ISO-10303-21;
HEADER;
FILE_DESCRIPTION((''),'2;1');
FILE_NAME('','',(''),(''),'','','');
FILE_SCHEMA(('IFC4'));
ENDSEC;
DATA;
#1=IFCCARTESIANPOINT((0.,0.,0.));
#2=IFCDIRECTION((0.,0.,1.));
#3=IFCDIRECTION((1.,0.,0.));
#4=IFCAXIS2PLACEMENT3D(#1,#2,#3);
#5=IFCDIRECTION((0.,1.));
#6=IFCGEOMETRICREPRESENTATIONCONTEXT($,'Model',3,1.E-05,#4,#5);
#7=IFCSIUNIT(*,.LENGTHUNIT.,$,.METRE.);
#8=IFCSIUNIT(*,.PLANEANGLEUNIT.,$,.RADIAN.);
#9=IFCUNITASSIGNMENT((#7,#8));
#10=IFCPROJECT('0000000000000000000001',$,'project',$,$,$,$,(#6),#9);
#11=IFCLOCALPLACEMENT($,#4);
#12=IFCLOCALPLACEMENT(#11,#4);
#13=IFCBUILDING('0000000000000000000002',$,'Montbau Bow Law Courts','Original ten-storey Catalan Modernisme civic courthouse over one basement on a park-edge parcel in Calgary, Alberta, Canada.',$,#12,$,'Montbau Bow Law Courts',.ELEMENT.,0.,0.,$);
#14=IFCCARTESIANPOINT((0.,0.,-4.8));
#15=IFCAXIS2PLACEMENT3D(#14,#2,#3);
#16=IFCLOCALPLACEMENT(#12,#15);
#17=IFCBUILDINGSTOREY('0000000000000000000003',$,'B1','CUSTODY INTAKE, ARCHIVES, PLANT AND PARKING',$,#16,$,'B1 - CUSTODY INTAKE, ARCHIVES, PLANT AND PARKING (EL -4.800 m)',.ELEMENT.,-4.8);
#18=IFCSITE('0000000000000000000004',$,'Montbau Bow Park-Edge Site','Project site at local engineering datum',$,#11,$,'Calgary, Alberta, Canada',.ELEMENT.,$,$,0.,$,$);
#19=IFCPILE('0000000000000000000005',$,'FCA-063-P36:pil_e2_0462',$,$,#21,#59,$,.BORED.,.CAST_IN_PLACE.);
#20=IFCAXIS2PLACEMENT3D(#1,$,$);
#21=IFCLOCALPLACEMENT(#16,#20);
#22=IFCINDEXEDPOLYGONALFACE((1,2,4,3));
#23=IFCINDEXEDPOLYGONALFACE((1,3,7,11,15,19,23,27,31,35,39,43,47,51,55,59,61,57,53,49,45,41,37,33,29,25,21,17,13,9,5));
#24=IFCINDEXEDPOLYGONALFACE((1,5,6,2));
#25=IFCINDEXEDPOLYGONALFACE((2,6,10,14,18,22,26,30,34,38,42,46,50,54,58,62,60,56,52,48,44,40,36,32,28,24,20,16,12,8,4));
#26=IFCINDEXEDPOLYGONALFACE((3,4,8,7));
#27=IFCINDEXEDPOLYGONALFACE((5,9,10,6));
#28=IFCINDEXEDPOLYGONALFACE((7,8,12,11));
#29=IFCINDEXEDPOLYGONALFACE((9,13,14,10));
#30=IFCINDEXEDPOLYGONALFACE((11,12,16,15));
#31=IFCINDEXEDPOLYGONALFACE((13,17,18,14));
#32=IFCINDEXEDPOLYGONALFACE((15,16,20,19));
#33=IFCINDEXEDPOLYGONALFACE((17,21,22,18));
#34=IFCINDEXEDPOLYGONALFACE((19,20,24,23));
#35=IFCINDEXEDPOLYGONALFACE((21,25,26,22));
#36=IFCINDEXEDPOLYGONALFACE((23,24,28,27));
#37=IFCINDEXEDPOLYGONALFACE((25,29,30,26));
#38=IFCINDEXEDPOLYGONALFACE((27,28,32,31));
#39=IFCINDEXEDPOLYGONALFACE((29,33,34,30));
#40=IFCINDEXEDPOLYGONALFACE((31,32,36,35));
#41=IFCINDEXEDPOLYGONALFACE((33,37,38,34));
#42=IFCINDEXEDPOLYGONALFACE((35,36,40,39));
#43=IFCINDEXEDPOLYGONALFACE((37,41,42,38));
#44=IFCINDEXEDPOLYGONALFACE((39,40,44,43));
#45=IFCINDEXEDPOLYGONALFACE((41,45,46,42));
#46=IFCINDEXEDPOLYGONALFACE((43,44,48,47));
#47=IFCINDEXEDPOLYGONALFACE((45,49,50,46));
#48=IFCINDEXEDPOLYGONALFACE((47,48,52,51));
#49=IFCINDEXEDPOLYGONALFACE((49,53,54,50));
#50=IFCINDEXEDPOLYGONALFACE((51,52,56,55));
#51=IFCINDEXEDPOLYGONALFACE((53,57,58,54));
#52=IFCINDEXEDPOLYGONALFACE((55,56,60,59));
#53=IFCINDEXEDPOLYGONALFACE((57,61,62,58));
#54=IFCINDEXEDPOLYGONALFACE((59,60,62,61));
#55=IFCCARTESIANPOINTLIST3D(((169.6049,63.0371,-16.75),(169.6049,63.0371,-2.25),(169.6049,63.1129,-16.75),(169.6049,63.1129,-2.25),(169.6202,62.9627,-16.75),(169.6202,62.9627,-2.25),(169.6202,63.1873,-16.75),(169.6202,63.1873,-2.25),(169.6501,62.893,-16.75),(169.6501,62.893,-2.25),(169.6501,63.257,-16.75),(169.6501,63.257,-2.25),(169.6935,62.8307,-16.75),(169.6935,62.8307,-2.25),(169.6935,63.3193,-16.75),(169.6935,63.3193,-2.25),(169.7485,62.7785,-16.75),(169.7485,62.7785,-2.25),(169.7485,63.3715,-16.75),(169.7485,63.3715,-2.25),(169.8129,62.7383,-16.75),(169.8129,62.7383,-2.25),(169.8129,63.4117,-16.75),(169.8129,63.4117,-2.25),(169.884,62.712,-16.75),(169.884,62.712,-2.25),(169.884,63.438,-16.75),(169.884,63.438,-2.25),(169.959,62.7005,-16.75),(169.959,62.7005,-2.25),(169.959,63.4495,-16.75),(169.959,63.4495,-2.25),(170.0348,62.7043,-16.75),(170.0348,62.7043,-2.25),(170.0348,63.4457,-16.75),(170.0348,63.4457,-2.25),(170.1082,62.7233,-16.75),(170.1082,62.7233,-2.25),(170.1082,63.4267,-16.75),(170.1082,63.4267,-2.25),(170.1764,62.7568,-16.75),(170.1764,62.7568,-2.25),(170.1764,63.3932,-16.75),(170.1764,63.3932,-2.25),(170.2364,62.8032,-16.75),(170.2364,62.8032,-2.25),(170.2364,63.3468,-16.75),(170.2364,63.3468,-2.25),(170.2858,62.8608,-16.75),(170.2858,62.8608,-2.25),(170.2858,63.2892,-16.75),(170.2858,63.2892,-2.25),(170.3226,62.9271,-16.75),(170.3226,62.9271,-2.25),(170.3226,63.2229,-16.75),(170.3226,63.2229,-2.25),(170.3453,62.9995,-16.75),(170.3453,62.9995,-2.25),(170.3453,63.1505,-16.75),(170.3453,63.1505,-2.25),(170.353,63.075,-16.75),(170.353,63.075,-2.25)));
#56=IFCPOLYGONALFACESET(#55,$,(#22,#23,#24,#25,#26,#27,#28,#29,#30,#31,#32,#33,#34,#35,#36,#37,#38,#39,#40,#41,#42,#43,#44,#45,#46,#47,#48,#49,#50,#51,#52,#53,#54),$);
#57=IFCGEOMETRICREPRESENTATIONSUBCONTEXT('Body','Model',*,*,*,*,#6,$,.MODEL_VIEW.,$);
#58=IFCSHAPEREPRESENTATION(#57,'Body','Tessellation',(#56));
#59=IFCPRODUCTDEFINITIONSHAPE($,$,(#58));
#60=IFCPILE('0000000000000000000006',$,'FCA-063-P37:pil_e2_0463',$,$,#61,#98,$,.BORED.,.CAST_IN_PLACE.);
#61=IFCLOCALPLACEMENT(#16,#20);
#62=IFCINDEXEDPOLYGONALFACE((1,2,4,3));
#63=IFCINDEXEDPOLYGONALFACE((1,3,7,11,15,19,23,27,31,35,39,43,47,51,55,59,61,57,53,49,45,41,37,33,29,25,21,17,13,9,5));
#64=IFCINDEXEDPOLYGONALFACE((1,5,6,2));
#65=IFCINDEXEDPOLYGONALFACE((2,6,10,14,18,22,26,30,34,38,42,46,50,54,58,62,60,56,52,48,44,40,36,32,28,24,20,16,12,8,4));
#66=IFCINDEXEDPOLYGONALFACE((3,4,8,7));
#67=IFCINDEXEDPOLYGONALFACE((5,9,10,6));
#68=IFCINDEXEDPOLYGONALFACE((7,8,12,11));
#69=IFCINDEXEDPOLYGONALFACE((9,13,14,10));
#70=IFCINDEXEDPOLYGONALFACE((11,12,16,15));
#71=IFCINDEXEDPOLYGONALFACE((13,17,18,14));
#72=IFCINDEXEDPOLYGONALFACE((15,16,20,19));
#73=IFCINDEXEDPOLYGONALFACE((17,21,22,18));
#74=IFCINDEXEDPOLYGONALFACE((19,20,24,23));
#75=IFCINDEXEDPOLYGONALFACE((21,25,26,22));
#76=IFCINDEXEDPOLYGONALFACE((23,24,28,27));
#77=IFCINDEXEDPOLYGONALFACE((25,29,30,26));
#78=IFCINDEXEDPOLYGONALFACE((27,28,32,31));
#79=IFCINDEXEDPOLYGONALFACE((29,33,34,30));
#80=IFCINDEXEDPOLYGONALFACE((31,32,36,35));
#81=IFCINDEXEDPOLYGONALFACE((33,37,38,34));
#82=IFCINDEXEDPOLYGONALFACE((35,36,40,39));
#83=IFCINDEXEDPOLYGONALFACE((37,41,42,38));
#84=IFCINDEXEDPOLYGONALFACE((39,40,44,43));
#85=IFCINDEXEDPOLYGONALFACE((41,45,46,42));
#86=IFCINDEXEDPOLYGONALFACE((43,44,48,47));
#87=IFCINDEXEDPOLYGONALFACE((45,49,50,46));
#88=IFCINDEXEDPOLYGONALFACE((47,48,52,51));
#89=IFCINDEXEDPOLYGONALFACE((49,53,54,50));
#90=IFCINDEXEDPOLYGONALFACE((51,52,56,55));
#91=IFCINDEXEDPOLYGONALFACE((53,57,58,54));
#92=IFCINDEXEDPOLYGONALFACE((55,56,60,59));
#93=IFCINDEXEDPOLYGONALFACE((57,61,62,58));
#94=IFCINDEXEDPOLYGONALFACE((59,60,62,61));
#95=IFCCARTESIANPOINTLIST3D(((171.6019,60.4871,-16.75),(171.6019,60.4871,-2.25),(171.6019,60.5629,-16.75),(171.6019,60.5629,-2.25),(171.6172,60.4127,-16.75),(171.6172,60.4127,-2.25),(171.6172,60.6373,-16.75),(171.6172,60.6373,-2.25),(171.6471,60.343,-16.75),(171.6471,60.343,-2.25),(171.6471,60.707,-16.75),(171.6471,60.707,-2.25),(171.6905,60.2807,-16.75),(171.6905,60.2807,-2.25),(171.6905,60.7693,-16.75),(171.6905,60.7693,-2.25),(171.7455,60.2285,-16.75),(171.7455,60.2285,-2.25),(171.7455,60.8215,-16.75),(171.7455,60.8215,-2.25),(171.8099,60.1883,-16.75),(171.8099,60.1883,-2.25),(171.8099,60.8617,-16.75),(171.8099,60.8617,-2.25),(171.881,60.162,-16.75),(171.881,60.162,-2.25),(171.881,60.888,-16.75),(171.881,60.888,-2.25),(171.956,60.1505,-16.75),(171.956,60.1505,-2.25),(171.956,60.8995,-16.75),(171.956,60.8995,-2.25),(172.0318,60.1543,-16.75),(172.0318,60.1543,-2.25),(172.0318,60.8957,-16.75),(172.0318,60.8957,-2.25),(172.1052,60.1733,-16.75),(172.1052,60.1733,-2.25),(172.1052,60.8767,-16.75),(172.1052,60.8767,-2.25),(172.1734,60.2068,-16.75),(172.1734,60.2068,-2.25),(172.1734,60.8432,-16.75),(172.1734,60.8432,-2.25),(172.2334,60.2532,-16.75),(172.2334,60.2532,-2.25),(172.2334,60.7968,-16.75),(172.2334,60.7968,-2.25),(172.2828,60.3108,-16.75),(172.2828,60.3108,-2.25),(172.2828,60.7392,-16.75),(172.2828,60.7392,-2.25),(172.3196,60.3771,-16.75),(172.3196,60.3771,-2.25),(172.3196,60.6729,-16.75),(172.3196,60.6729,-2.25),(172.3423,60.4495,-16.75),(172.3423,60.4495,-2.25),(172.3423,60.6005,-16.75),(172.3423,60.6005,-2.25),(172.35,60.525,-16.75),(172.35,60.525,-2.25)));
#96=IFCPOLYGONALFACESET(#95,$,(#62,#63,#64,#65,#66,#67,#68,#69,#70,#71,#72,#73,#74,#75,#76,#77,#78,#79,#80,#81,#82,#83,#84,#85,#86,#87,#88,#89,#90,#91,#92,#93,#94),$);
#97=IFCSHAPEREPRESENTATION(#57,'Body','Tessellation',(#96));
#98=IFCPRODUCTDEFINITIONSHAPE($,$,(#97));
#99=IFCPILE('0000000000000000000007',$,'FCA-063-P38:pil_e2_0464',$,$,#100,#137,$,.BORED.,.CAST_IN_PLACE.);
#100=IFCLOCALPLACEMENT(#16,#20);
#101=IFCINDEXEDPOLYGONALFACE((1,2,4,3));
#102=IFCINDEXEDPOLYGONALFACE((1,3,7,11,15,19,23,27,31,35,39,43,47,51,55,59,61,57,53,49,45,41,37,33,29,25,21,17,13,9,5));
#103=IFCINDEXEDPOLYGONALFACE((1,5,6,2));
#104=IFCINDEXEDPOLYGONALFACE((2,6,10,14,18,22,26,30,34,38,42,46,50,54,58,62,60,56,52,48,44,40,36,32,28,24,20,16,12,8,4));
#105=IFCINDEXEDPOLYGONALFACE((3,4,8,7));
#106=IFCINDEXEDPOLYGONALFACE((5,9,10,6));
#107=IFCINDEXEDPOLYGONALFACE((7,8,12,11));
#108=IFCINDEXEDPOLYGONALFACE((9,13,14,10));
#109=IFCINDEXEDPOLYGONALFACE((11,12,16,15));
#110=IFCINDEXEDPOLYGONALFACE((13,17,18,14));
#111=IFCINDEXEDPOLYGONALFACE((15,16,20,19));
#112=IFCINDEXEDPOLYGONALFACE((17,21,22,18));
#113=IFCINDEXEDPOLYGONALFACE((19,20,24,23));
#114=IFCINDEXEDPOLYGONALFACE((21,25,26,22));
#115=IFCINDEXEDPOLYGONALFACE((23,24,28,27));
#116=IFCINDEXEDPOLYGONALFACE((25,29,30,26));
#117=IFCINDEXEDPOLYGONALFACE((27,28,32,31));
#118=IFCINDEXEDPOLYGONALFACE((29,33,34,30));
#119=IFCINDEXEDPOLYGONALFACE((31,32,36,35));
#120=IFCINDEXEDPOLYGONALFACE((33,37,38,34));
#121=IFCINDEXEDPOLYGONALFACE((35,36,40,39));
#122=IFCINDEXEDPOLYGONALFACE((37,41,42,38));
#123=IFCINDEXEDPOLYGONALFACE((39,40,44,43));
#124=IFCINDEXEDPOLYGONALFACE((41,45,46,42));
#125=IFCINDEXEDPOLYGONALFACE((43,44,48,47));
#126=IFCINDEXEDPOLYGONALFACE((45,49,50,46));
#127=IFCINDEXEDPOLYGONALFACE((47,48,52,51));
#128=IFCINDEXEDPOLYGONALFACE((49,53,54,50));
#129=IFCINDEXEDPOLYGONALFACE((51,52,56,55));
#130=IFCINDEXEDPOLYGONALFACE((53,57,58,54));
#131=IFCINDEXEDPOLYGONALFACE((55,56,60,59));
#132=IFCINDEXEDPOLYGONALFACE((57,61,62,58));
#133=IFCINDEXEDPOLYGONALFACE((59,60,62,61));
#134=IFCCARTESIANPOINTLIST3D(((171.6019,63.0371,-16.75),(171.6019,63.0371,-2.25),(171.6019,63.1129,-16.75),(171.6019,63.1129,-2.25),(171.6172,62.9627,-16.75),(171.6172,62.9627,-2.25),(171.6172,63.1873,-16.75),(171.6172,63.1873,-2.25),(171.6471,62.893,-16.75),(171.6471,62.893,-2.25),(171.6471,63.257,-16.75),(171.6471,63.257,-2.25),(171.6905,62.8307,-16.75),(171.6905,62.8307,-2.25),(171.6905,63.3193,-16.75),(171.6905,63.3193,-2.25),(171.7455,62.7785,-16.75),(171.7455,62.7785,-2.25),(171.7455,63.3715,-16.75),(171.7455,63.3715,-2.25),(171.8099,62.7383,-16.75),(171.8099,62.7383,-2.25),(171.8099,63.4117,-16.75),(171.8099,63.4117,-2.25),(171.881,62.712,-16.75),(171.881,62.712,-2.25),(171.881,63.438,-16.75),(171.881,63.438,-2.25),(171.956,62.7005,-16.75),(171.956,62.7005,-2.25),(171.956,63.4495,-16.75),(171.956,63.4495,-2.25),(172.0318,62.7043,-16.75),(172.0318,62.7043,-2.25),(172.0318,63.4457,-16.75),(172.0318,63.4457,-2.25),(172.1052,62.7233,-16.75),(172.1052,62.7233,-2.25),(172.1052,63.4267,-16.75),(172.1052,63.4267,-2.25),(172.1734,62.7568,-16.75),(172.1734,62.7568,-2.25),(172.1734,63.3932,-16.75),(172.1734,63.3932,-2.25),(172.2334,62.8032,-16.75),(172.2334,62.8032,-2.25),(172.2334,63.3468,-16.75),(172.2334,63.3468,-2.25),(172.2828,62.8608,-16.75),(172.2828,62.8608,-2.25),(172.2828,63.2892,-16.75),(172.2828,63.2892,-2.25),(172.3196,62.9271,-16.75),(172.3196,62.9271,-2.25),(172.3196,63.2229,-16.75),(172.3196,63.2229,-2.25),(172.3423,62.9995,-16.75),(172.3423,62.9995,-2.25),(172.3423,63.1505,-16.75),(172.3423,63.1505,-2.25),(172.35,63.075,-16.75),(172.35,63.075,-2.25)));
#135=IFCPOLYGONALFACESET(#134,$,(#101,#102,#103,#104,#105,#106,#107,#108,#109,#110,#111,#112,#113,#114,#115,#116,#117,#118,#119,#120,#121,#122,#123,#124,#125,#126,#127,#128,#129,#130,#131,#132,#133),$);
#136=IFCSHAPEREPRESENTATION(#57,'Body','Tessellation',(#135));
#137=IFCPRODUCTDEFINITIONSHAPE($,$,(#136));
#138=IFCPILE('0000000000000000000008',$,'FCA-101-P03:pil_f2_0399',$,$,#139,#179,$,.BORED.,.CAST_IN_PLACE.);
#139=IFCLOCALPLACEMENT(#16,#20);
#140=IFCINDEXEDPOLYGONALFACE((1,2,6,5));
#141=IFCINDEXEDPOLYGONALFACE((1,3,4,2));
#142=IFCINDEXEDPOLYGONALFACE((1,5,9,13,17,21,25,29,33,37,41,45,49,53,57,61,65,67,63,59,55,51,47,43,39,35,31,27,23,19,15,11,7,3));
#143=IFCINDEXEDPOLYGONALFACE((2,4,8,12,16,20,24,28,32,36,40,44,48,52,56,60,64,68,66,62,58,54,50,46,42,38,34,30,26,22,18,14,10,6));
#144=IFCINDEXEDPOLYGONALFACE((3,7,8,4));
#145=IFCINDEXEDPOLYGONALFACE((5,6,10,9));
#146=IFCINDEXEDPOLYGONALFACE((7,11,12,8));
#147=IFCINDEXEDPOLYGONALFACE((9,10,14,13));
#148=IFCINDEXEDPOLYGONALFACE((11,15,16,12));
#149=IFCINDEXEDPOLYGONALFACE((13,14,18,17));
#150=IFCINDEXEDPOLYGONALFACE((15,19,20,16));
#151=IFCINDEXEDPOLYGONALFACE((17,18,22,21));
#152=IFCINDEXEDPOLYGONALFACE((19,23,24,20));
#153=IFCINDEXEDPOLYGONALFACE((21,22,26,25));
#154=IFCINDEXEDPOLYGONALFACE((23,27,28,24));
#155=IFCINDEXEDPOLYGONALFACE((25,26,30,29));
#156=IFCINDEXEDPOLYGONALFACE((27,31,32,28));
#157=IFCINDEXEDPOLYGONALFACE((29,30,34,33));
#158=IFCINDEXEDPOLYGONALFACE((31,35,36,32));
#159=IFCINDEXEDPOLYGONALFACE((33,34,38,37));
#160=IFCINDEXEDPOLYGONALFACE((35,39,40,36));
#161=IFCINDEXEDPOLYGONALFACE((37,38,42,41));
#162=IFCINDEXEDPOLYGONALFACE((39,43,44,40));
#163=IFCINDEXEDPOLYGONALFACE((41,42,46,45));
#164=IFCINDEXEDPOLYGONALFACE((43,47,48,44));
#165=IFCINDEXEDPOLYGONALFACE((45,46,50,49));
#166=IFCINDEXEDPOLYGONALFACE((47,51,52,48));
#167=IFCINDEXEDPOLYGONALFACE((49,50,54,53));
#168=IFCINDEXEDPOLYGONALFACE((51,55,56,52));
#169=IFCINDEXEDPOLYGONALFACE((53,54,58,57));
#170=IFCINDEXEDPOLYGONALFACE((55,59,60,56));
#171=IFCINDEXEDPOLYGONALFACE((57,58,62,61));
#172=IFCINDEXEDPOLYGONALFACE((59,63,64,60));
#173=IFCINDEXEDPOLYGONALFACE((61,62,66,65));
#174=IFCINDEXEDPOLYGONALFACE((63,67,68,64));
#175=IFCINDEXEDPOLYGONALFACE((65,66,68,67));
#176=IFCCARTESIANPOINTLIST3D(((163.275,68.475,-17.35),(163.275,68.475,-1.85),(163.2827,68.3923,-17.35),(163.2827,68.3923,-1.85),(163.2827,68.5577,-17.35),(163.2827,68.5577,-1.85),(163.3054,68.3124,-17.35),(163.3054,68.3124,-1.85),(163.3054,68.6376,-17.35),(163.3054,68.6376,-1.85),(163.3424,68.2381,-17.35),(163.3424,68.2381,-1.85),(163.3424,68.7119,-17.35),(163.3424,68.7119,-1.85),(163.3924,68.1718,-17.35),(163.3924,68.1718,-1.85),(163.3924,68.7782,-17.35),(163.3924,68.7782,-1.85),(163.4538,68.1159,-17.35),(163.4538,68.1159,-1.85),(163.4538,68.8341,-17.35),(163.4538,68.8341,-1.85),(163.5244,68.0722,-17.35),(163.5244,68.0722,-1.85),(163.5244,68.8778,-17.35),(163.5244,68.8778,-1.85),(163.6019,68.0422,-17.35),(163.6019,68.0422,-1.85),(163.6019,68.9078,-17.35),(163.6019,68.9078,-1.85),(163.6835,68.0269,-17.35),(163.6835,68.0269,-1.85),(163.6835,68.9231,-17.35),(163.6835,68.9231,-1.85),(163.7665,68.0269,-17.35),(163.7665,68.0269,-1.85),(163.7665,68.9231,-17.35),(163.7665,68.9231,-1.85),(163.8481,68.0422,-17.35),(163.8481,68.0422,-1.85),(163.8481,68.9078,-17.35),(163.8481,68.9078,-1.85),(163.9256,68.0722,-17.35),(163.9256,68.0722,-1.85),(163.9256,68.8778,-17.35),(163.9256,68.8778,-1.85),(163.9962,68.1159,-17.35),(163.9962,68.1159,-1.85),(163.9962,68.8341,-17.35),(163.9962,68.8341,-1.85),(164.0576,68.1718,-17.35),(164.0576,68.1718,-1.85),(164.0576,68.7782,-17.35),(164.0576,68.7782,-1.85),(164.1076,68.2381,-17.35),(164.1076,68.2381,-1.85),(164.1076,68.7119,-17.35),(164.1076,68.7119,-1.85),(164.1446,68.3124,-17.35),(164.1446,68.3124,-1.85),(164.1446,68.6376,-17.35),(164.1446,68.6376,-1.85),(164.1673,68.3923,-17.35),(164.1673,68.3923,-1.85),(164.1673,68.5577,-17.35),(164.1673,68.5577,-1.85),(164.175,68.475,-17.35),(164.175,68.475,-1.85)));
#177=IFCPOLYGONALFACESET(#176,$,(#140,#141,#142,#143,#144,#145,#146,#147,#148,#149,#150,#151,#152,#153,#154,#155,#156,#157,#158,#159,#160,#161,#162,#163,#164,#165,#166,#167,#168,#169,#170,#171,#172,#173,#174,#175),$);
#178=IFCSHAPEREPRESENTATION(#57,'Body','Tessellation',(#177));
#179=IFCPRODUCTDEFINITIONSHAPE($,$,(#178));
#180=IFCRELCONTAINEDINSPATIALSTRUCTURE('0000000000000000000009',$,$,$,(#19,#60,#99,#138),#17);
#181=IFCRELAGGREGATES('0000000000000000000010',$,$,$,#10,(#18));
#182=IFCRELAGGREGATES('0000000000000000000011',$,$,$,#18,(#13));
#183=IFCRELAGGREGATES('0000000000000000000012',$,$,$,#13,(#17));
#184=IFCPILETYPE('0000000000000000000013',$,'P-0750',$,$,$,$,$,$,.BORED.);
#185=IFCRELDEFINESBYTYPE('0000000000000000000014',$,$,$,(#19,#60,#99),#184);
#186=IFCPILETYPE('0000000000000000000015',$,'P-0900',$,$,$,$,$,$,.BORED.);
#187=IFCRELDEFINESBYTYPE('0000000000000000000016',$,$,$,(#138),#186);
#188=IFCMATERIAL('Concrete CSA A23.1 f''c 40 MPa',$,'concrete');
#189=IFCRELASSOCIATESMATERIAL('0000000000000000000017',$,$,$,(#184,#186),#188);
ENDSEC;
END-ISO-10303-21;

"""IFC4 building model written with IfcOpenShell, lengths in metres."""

from ifc_helpers import new_model, si_unit, direction, frame, origin_with_axes, origin_2d_with_axis, place, context, subcontext, project, spatial, circle, extrude, material, material_profile, profile_set, type_object, element, save


model = new_model("IFC4")

# Units and contexts
model_context = context("Model", 3, precision=1e-05, world=origin_with_axes(), true_north=direction((0.0, 1.0)))
body_context = subcontext(model_context, "Body", "Model", "MODEL_VIEW")
ifc_project = project(units=[si_unit("LENGTHUNIT", "METRE"), si_unit("PLANEANGLEUNIT", "RADIAN")], contexts=[model_context])

# Site, building, storey
site_placement = place(None, origin_with_axes())
site = spatial("IfcSite", under=ifc_project, at=site_placement, Name="Montbau Bow Park-Edge Site", Description="Project site at local engineering datum", LongName="Calgary, Alberta, Canada", CompositionType="ELEMENT", RefElevation=0.0)
building_placement = place(site_placement, origin_with_axes())
building = spatial("IfcBuilding", under=site, at=building_placement, Name="Montbau Bow Law Courts", Description="Original ten-storey Catalan Modernisme civic courthouse over one basement on a park-edge parcel in Calgary, Alberta, Canada.", LongName="Montbau Bow Law Courts", CompositionType="ELEMENT", ElevationOfRefHeight=0.0, ElevationOfTerrain=0.0)
storey_placement = place(building_placement, frame((0.0, 0.0, -4.8), z_axis=(0.0, 0.0, 1.0), x_axis=(1.0, 0.0, 0.0)))
storey = spatial("IfcBuildingStorey", under=building, at=storey_placement, Name="B1", Description="CUSTODY INTAKE, ARCHIVES, PLANT AND PARKING", LongName="B1 - CUSTODY INTAKE, ARCHIVES, PLANT AND PARKING (EL -4.800 m)", CompositionType="ELEMENT", Elevation=-4.8)

# Piles
ifc_material_1 = material(Name="Concrete CSA A23.1 f'c 40 MPa", Category="concrete")
ifc_material_profile_1 = material_profile(ifc_material_1, circle(Radius=0.375, at=origin_2d_with_axis()), Name="BP750", Category="Main", Priority=0)
ifc_profile_set_1 = profile_set([ifc_material_profile_1], Name="Concrete CSA A23.1 f'c 40 MPa")
pile_type_1 = type_object("IfcPileType", Name="P-0750", PredefinedType="BORED", material=ifc_profile_set_1)
for number, where, z_axis, x_axis, name in (
    (1, (169.978, 63.075, -21.55), (0.0, 0.0, 1.0), (1.0, 0.0, 0.0), "FCA-063-P36:pil_e2_0462"),
    (2, (171.975, 60.525, -21.55), (0.0, 0.0, 1.0), (1.0, 0.0, 0.0), "FCA-063-P37:pil_e2_0463"),
    (3, (171.975, 63.075, -21.55), (0.0, 0.0, 1.0), (1.0, 0.0, 0.0), "FCA-063-P38:pil_e2_0464"),
):
    element("IfcPile", number, at=place(None, frame(where, z_axis=z_axis, x_axis=x_axis)), inside=storey, type_object=pile_type_1, Name=name, ConstructionType="CAST_IN_PLACE", PredefinedType="BORED", context=body_context, shape_type="SweptSolid", body=[
        extrude(circle(Radius=0.375, at=origin_2d_with_axis()), origin_with_axes(), (0.0, 0.0, 1.0), 14.5),
    ])
ifc_material_profile_2 = material_profile(ifc_material_1, circle(Radius=0.45, at=origin_2d_with_axis()), Name="BP900", Category="Main", Priority=0)
ifc_profile_set_2 = profile_set([ifc_material_profile_2], Name="Concrete CSA A23.1 f'c 40 MPa")
pile_type_2 = type_object("IfcPileType", Name="P-0900", PredefinedType="BORED", material=ifc_profile_set_2)
pile_placement = place(None, frame((163.725, 68.475, -22.15), z_axis=(0.0, 0.0, 1.0), x_axis=(1.0, 0.0, 0.0)))
element("IfcPile", 4, at=pile_placement, inside=storey, type_object=pile_type_2, Name="FCA-101-P03:pil_f2_0399", ConstructionType="CAST_IN_PLACE", PredefinedType="BORED", context=body_context, shape_type="SweptSolid", body=[
    extrude(circle(Radius=0.45, at=origin_2d_with_axis()), origin_with_axes(), (0.0, 0.0, 1.0), 15.5),
])

save(model, "model.ifc")
